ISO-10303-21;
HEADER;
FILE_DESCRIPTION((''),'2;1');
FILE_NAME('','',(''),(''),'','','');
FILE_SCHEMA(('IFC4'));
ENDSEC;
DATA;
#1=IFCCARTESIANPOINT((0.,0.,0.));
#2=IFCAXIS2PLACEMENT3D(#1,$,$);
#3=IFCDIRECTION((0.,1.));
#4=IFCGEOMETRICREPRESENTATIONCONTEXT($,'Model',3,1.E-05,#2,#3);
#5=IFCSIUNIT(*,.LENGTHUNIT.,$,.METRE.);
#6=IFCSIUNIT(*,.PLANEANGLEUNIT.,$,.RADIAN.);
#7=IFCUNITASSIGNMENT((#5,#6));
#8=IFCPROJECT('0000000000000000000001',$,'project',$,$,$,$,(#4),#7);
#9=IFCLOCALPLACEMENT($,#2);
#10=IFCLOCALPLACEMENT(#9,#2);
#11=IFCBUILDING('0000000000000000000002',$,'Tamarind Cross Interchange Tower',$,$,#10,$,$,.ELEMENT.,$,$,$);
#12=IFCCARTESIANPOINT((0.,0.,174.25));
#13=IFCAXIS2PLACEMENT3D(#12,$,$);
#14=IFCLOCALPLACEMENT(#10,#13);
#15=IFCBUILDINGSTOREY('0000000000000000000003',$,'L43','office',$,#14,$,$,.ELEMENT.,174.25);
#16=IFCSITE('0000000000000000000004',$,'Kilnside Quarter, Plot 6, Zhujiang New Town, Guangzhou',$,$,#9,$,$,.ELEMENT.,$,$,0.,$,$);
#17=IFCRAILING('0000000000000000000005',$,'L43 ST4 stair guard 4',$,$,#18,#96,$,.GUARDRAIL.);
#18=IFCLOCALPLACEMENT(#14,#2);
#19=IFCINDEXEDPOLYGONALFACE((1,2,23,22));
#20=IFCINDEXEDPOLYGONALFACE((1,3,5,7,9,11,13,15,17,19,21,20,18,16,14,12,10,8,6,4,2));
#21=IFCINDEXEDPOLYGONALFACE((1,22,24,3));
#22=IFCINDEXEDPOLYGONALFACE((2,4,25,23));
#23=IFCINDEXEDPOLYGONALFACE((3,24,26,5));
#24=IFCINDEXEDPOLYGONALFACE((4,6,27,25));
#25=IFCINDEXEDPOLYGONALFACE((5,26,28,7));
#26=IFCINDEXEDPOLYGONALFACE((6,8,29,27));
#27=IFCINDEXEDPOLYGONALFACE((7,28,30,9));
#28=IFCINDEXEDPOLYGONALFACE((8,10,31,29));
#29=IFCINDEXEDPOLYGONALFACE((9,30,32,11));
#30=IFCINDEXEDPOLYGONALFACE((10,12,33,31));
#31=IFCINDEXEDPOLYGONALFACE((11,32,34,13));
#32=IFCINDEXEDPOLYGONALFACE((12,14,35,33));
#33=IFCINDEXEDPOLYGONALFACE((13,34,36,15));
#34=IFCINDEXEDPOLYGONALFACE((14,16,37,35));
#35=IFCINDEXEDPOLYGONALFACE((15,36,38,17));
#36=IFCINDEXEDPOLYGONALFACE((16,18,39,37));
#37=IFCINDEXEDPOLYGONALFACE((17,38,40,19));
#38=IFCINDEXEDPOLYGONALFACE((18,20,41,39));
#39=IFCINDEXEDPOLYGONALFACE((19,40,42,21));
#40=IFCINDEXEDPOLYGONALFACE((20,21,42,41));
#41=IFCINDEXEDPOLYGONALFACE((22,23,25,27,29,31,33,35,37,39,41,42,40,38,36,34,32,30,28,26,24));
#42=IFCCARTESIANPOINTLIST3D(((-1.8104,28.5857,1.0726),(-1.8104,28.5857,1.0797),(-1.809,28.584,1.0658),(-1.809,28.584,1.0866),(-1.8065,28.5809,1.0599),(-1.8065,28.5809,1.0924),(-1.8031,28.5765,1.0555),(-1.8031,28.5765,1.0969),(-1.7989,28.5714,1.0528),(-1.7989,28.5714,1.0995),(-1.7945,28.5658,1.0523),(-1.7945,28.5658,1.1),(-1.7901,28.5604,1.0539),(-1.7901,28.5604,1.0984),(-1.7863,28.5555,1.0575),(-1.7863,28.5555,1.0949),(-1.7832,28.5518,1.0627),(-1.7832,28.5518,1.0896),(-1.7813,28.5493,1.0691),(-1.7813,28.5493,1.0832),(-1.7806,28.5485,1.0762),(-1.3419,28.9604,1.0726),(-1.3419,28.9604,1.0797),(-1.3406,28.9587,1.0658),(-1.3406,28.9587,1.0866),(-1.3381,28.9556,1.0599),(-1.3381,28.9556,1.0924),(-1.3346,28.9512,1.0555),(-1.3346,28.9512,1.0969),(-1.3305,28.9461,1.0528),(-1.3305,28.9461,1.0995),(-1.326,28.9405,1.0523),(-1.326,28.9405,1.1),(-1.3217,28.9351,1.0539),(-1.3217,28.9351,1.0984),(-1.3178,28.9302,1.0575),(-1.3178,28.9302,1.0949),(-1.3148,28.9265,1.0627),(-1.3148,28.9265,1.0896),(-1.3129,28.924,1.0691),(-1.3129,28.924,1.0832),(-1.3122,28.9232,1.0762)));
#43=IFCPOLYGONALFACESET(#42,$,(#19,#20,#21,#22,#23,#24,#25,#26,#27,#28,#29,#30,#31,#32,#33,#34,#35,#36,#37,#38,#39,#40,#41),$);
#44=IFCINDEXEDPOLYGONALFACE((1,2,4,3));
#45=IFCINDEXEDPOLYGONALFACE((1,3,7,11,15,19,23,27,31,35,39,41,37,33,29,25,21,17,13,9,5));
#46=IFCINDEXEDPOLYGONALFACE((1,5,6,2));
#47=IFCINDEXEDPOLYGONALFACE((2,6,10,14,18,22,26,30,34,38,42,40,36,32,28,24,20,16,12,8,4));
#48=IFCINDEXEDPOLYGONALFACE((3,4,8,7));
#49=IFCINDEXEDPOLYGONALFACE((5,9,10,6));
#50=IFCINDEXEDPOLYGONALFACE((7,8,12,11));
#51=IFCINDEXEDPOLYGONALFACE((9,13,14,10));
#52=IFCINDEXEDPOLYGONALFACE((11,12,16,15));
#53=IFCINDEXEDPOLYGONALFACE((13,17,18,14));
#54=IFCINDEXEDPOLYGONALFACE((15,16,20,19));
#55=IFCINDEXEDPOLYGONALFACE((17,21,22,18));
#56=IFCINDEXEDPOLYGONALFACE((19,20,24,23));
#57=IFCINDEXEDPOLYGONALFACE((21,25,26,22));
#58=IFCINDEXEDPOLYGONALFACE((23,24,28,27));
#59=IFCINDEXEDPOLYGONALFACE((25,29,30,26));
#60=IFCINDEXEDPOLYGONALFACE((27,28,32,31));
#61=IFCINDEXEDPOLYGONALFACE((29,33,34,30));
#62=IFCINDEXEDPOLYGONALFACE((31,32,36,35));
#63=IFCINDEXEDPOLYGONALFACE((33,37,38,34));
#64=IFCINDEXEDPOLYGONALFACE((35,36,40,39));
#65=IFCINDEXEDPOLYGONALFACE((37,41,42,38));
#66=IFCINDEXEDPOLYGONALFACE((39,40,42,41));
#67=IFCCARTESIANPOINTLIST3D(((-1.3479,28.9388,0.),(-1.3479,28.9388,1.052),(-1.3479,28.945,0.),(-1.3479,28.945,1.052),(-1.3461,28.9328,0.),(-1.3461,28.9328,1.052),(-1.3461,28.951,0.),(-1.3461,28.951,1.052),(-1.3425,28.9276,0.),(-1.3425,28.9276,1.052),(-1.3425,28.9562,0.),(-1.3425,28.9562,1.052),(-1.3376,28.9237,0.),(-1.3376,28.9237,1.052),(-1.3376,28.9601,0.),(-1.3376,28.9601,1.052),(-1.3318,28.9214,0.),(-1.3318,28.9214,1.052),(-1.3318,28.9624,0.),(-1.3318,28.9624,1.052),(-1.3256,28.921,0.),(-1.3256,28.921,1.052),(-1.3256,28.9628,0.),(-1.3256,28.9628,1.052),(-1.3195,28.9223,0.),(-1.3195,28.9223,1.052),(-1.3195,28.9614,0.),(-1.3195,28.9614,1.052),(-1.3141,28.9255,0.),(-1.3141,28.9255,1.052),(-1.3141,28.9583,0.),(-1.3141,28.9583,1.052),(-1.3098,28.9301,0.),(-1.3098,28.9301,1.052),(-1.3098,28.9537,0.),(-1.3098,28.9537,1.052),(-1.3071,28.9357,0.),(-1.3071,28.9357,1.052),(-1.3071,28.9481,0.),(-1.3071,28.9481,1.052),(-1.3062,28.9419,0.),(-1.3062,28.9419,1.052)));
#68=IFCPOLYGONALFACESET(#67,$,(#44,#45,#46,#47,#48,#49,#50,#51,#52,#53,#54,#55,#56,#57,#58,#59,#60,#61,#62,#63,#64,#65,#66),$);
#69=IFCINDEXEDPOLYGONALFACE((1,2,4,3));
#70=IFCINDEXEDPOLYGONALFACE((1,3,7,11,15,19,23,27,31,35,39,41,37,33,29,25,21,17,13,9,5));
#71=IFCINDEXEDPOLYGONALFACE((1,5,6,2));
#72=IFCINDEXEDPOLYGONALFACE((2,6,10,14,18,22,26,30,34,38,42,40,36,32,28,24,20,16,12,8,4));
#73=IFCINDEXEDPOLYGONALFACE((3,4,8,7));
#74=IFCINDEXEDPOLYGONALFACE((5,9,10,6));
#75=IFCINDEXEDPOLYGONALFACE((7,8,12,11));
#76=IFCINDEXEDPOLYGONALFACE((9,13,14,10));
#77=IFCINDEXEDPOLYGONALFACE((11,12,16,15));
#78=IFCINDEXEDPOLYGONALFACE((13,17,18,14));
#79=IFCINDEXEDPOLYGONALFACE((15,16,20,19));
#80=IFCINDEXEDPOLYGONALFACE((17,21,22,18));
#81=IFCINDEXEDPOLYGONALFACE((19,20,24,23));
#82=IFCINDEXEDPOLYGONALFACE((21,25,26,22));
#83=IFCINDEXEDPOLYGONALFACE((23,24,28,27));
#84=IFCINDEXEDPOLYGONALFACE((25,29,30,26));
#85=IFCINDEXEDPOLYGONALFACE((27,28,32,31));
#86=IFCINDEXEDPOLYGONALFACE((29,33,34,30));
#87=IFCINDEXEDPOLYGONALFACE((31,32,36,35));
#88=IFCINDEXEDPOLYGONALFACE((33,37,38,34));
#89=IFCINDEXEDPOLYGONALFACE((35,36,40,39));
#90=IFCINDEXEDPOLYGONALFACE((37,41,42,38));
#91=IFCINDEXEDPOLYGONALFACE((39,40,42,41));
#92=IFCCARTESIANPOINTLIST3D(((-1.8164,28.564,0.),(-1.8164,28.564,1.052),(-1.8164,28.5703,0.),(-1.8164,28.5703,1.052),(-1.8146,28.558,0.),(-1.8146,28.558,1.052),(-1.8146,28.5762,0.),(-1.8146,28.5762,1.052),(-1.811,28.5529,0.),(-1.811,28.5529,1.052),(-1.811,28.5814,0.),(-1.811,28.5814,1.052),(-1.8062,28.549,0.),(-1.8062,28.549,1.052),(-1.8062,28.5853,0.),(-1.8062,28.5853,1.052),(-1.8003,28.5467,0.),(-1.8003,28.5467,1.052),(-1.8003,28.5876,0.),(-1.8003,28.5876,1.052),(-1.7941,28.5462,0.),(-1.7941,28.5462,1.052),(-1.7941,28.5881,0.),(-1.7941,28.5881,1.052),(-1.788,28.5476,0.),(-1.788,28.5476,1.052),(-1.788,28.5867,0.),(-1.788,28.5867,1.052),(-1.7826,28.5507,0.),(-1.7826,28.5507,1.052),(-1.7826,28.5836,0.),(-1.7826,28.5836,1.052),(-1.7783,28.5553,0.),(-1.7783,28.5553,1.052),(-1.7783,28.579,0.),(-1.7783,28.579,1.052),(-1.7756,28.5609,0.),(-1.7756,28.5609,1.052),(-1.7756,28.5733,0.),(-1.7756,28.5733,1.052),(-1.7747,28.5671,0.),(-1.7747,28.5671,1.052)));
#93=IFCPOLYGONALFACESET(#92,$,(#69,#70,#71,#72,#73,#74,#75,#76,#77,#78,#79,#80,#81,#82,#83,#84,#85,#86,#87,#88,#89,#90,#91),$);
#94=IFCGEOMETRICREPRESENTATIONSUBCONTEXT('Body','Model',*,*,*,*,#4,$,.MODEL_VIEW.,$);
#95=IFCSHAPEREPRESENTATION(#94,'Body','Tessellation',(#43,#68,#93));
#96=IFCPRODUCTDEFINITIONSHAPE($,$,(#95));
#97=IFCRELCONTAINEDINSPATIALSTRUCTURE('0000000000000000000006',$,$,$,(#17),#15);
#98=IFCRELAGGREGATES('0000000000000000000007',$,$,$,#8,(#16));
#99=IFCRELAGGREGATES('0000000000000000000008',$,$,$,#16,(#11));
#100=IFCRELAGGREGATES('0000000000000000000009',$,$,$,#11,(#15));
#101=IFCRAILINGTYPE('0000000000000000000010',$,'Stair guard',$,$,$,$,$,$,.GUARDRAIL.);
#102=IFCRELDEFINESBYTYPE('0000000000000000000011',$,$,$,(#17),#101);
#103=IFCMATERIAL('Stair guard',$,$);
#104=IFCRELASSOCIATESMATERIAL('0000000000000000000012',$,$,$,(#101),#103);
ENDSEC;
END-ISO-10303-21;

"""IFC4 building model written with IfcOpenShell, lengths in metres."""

from ifc_helpers import new_model, si_unit, direction, frame, origin, origin_2d, place, context, subcontext, project, spatial, circle, extrude, material, type_object, element, save


model = new_model("IFC4")

# Units and contexts
model_context = context("Model", 3, precision=1e-05, world=origin(), true_north=direction((0.0, 1.0)))
body_context = subcontext(model_context, "Body", "Model", "MODEL_VIEW")
ifc_project = project(units=[si_unit("LENGTHUNIT", "METRE"), si_unit("PLANEANGLEUNIT", "RADIAN")], contexts=[model_context])

# Site, building, storey
site_placement = place(None, origin())
site = spatial("IfcSite", under=ifc_project, at=site_placement, Name="Kilnside Quarter, Plot 6, Zhujiang New Town, Guangzhou", CompositionType="ELEMENT", RefElevation=0.0)
building_placement = place(site_placement, origin())
building = spatial("IfcBuilding", under=site, at=building_placement, Name="Tamarind Cross Interchange Tower", CompositionType="ELEMENT")
storey_placement = place(building_placement, frame((0.0, 0.0, 174.25)))
storey = spatial("IfcBuildingStorey", under=building, at=storey_placement, Name="L43", Description="office", CompositionType="ELEMENT", Elevation=174.25)

# Railing
ifc_material_1 = material(Name="Stair guard")
railing_type_1 = type_object("IfcRailingType", Name="Stair guard", PredefinedType="GUARDRAIL", material=ifc_material_1)
railing_1_placement = place(storey_placement, frame((-1.3271, 28.9419, 0.0)))
element("IfcRailing", 1, at=railing_1_placement, inside=storey, type_object=railing_type_1, Name="L43 ST4 stair guard 4", PredefinedType="GUARDRAIL", context=body_context, shape_type="SweptSolid", body=[
    extrude(circle(Radius=0.0239, at=origin_2d()), frame((0.0, 0.0, 1.0762), z_axis=(-0.780909, -0.624645, 0.0), x_axis=(0.624645, -0.780909, 0.0)), (0.0, 0.0, 1.0), 0.5999),
    extrude(circle(Radius=0.021, at=origin_2d()), origin(), (0.0, 0.0, 1.0), 1.052),
    extrude(circle(Radius=0.021, at=origin_2d()), frame((-0.4685, -0.3748, 0.0)), (0.0, 0.0, 1.0), 1.052),
])

save(model, "model.ifc")
